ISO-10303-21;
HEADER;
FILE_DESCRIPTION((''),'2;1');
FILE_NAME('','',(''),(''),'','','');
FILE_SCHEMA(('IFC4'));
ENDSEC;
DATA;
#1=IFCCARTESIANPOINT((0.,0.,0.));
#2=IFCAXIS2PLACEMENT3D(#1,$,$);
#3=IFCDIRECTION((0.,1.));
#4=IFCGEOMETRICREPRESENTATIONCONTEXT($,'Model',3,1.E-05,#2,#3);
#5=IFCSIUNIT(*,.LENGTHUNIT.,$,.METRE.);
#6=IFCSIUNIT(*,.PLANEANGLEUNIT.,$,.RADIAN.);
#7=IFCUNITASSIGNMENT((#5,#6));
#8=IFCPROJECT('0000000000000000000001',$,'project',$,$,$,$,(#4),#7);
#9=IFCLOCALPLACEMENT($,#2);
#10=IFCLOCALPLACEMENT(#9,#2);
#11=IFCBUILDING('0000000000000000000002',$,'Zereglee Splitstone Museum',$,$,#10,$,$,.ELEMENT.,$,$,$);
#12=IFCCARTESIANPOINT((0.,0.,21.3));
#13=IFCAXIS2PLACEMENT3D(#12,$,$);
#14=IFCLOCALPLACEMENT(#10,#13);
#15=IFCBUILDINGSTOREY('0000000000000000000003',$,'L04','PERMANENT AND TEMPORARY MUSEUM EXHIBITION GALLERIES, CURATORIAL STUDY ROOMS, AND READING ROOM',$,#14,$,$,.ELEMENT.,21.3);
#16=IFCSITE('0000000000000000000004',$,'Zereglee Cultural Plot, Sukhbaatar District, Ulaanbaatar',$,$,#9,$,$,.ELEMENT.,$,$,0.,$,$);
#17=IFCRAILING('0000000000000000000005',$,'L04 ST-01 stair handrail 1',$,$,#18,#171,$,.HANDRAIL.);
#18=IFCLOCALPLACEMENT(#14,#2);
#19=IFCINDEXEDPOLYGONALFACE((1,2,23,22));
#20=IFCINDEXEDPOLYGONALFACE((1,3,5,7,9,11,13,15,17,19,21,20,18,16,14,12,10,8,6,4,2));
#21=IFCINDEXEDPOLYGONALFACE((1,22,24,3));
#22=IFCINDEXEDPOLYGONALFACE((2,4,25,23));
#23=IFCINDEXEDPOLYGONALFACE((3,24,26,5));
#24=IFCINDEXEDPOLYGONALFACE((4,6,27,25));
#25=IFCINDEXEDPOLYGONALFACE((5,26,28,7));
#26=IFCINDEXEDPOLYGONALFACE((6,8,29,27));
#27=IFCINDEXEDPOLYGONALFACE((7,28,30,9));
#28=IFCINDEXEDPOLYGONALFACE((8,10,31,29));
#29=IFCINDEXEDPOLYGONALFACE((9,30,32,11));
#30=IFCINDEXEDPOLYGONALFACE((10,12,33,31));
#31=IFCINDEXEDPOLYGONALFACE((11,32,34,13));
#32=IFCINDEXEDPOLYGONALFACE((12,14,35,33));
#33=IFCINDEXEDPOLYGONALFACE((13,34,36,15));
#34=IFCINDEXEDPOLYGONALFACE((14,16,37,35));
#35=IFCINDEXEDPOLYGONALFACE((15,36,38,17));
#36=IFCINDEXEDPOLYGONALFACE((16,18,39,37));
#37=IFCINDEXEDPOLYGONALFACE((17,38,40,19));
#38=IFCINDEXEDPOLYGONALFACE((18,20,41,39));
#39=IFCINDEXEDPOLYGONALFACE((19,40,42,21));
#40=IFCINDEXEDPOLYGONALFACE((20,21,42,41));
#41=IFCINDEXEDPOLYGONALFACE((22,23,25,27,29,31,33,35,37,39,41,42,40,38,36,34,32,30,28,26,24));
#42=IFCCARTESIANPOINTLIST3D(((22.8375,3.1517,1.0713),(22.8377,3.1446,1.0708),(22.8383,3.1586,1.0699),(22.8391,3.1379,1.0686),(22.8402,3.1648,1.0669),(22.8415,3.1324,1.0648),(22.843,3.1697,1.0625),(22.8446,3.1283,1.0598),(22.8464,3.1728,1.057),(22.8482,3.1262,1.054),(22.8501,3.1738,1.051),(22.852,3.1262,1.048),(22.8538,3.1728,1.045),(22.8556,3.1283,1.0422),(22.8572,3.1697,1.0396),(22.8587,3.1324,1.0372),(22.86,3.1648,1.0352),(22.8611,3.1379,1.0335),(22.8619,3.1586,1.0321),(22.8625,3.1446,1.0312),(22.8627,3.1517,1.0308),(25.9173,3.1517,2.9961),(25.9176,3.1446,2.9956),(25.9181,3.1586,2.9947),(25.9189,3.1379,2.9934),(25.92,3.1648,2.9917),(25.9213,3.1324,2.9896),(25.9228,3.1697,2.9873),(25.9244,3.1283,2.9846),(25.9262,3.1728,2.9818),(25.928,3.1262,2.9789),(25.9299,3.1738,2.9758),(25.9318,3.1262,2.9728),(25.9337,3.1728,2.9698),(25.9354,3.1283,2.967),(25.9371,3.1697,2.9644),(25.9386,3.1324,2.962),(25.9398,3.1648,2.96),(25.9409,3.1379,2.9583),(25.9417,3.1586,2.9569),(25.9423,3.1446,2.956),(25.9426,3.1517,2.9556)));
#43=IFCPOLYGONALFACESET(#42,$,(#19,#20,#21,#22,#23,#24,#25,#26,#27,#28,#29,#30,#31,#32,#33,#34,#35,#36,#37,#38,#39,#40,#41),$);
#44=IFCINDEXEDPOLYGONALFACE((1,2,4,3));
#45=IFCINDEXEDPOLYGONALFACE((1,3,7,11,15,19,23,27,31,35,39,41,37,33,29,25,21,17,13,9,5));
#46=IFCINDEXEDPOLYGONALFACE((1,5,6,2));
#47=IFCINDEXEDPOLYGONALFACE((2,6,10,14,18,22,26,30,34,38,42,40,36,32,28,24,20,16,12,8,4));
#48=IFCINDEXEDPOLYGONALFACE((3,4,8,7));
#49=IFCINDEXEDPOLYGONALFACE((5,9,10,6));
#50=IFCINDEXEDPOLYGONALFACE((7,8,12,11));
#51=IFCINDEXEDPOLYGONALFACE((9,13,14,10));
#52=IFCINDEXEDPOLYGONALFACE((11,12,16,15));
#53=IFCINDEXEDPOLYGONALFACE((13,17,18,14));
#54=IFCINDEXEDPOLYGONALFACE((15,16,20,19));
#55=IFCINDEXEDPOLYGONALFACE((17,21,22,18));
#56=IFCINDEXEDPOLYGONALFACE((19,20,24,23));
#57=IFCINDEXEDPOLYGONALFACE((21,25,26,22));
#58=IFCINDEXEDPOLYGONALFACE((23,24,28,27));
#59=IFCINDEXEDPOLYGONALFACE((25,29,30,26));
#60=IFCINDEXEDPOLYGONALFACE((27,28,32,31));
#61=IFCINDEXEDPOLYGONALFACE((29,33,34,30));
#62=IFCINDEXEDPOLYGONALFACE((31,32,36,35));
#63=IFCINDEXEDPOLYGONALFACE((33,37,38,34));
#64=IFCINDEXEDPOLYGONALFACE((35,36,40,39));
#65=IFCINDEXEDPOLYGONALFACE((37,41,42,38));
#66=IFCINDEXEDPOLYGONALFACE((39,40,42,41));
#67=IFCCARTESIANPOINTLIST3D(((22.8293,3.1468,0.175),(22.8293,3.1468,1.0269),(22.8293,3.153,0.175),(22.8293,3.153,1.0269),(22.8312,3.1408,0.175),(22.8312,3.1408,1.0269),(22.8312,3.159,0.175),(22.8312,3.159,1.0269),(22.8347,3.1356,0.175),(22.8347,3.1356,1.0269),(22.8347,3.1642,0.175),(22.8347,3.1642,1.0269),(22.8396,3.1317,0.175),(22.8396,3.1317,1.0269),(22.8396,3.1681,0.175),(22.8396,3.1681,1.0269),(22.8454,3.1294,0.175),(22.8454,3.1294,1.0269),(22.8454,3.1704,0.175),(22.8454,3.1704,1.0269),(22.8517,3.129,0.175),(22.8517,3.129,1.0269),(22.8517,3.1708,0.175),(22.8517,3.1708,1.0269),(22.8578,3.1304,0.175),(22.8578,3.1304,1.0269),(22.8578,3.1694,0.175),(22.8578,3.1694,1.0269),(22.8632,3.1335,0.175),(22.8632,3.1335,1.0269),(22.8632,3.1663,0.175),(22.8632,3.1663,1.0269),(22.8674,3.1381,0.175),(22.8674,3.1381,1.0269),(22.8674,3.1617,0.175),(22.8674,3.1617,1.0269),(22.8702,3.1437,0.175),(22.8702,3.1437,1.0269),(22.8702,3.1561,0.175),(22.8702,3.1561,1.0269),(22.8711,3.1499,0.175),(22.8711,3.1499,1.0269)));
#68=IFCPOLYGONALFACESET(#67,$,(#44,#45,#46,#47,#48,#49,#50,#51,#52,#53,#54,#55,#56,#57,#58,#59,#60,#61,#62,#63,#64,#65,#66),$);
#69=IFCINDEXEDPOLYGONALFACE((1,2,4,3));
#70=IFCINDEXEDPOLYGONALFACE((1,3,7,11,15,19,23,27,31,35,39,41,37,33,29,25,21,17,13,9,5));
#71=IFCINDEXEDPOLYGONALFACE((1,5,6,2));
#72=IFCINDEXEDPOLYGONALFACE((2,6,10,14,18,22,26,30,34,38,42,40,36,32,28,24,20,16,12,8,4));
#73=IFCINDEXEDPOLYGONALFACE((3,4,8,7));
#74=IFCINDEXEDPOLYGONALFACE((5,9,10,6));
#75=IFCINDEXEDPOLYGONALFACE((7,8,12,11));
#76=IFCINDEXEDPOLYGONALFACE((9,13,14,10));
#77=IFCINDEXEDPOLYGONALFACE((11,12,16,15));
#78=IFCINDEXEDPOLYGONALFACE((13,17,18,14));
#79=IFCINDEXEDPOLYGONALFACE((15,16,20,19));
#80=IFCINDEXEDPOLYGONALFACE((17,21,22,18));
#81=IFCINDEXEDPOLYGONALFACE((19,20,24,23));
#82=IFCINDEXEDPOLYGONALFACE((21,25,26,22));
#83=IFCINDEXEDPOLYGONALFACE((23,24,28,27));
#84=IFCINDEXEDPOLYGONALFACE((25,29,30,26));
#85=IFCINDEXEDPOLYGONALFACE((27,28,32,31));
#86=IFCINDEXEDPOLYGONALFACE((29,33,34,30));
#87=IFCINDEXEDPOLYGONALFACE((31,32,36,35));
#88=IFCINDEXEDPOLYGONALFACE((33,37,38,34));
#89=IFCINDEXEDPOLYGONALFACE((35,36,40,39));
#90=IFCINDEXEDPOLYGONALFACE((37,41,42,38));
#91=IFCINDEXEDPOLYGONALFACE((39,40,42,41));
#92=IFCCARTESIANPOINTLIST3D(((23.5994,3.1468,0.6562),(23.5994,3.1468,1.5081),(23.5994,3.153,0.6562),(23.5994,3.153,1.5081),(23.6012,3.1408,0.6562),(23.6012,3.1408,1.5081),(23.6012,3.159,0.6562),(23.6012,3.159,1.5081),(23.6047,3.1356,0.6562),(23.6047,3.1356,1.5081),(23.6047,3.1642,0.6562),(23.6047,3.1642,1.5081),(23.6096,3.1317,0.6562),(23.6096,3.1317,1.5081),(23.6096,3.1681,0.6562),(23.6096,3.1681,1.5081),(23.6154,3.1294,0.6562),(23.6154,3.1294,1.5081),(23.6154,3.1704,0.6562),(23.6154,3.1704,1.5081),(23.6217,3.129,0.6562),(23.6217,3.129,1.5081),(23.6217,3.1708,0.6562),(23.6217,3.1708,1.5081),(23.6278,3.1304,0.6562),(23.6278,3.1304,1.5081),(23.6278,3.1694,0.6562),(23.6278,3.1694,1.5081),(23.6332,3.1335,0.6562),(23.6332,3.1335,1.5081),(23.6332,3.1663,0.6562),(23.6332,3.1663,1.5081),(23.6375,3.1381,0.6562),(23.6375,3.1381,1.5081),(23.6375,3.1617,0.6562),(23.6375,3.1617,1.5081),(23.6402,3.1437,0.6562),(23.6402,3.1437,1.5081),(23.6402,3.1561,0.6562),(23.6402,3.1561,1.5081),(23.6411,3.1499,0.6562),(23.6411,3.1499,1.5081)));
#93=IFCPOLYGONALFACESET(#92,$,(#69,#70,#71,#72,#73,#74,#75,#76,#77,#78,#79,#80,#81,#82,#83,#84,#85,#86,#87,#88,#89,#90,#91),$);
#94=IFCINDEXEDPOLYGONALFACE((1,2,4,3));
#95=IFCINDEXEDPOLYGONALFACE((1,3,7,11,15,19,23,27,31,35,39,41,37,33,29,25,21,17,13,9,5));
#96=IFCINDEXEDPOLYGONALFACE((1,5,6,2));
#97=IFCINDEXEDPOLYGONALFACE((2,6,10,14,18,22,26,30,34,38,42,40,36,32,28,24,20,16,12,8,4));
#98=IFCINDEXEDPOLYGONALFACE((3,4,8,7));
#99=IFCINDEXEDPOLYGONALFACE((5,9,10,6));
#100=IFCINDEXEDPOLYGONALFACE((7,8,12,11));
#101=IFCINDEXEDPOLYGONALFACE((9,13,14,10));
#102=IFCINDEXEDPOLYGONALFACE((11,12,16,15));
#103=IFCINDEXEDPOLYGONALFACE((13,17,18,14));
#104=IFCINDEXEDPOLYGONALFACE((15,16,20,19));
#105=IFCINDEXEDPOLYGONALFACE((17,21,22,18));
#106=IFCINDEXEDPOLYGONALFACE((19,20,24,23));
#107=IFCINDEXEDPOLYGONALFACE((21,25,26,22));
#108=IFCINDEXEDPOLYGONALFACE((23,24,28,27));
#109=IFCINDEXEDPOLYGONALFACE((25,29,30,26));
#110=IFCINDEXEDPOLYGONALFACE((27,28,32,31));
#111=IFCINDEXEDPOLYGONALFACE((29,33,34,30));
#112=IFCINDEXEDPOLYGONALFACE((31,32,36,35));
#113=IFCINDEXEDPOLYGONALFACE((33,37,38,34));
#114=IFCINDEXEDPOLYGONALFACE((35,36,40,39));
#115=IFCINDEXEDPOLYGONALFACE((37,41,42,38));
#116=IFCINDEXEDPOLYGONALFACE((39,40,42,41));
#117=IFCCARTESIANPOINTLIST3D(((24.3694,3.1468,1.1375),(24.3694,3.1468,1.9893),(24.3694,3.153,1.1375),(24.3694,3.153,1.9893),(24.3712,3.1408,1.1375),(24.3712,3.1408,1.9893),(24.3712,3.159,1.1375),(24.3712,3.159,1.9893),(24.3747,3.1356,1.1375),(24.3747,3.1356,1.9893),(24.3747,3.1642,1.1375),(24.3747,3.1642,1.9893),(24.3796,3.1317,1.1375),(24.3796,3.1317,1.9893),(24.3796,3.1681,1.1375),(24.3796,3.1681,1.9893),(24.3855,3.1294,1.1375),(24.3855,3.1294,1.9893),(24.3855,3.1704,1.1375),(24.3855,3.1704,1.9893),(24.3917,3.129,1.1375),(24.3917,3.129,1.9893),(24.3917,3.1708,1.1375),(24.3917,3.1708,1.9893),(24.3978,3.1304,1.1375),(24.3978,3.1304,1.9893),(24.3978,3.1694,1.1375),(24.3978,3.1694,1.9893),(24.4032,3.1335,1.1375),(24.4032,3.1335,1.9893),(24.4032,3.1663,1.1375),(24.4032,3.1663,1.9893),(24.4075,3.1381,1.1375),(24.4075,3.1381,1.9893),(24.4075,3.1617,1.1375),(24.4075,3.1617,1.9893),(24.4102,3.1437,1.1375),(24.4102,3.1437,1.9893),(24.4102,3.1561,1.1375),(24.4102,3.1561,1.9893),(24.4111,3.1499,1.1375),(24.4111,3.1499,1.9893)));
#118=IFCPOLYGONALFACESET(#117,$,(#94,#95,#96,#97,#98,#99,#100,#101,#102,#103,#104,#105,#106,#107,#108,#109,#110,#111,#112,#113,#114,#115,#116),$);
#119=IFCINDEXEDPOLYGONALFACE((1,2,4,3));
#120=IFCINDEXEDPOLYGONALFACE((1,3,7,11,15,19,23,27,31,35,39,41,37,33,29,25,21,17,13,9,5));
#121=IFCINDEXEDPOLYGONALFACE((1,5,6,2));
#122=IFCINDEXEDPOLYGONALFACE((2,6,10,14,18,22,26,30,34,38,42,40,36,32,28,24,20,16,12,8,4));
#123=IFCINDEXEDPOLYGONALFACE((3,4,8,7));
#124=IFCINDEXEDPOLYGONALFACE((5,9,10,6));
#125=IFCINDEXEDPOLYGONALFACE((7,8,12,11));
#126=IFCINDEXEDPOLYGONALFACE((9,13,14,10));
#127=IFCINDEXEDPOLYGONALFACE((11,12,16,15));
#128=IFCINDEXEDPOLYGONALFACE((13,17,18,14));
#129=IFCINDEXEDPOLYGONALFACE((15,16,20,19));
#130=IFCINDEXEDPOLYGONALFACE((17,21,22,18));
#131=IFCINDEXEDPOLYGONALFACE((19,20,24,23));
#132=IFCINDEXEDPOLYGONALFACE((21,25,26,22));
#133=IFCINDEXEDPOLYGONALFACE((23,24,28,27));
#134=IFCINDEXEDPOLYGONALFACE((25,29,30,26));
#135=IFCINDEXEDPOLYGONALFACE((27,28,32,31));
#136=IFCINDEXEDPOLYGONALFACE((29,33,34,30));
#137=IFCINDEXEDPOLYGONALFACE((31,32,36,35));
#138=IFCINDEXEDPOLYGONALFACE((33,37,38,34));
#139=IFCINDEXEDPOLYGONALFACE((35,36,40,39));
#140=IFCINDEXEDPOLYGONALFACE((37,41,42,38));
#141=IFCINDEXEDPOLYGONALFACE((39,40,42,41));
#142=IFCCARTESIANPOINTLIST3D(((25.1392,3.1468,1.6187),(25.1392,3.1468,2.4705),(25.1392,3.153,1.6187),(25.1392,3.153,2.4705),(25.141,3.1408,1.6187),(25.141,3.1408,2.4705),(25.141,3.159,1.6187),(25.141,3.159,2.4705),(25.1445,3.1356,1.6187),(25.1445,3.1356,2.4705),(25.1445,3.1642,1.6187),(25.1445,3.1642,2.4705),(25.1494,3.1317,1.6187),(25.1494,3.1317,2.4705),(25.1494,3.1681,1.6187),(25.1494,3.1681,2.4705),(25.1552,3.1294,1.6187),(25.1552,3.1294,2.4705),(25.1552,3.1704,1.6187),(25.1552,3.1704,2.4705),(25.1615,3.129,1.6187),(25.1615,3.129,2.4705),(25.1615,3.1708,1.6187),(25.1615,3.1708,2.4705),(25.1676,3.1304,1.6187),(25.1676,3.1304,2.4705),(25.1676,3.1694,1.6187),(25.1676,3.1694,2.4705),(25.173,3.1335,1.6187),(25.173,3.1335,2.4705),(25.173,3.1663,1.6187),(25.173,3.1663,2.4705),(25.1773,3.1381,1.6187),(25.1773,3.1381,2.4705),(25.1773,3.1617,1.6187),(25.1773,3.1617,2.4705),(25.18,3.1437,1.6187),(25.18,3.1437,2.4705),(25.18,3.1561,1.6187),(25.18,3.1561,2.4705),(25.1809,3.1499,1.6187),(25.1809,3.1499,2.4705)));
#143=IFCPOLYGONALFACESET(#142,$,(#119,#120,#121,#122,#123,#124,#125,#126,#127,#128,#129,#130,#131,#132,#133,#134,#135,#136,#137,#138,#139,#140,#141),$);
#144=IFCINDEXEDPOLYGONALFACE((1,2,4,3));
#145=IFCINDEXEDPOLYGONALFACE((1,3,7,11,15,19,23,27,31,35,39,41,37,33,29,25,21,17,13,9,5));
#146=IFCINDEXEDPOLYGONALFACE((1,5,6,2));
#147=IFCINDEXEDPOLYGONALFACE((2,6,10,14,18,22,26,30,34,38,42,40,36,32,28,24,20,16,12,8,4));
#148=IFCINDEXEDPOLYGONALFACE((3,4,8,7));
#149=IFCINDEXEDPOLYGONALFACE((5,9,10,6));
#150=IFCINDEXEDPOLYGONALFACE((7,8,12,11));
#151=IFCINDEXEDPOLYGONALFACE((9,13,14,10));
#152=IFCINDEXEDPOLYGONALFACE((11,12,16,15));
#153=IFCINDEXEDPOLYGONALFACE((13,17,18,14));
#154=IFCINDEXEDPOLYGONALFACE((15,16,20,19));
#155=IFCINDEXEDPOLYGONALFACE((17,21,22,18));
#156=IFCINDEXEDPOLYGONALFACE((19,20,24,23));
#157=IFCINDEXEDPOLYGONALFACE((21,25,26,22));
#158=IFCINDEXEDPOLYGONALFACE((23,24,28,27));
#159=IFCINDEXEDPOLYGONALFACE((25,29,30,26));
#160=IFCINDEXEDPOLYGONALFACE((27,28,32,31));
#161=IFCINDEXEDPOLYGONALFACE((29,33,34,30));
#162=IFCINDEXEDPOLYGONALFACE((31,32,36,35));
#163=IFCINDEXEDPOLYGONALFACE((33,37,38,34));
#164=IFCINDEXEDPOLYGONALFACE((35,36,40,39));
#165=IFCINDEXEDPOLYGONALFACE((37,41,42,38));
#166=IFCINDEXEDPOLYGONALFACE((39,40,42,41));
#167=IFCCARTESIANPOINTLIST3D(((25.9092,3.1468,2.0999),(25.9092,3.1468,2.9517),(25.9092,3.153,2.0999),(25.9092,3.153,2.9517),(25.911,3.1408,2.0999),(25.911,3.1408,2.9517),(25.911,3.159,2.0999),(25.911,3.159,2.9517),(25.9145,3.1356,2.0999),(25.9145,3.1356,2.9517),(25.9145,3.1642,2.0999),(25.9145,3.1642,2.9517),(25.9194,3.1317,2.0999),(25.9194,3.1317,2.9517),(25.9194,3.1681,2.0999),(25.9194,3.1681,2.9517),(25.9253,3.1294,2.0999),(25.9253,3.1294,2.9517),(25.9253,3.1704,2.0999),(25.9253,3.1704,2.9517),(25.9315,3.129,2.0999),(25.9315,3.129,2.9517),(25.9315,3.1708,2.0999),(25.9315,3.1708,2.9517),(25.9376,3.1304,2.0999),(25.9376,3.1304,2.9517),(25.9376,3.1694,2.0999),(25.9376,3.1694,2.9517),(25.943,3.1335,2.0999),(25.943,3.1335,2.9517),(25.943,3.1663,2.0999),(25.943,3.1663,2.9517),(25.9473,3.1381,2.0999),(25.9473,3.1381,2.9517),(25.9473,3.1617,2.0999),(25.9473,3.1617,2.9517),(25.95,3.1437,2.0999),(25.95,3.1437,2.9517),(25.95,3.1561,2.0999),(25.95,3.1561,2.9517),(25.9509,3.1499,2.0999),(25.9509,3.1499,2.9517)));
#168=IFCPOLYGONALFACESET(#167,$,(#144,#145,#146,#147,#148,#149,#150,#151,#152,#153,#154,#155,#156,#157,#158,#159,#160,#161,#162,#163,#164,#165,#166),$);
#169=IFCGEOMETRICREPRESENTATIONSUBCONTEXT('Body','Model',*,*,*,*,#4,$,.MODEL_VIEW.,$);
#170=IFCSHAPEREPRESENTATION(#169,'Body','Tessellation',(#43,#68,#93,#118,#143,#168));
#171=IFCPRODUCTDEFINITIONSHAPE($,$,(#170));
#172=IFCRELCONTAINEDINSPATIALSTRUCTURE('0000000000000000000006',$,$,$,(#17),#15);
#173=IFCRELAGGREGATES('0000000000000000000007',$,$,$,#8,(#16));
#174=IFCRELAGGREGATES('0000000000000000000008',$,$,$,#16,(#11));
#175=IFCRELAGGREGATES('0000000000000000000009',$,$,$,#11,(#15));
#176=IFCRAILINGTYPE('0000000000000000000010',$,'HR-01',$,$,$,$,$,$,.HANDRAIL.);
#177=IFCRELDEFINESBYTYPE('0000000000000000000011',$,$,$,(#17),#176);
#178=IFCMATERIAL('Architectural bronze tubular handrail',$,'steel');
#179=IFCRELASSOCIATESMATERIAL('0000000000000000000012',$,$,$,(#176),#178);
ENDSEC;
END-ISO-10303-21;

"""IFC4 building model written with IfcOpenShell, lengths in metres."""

from ifc_helpers import new_model, si_unit, direction, frame, origin, origin_2d, place, context, subcontext, project, spatial, circle, extrude, material, type_object, element, save


model = new_model("IFC4")

# Units and contexts
model_context = context("Model", 3, precision=1e-05, world=origin(), true_north=direction((0.0, 1.0)))
body_context = subcontext(model_context, "Body", "Model", "MODEL_VIEW")
ifc_project = project(units=[si_unit("LENGTHUNIT", "METRE"), si_unit("PLANEANGLEUNIT", "RADIAN")], contexts=[model_context])

# Site, building, storey
site_placement = place(None, origin())
site = spatial("IfcSite", under=ifc_project, at=site_placement, Name="Zereglee Cultural Plot, Sukhbaatar District, Ulaanbaatar", CompositionType="ELEMENT", RefElevation=0.0)
building_placement = place(site_placement, origin())
building = spatial("IfcBuilding", under=site, at=building_placement, Name="Zereglee Splitstone Museum", CompositionType="ELEMENT")
storey_placement = place(building_placement, frame((0.0, 0.0, 21.3)))
storey = spatial("IfcBuildingStorey", under=building, at=storey_placement, Name="L04", Description="PERMANENT AND TEMPORARY MUSEUM EXHIBITION GALLERIES, CURATORIAL STUDY ROOMS, AND READING ROOM", CompositionType="ELEMENT", Elevation=21.3)

# Railing
ifc_material_1 = material(Name="Architectural bronze tubular handrail", Category="steel")
railing_type_1 = type_object("IfcRailingType", Name="HR-01", PredefinedType="HANDRAIL", material=ifc_material_1)
railing_1_placement = place(storey_placement, frame((22.8501, 3.1499, 0.175)))
element("IfcRailing", 1, at=railing_1_placement, inside=storey, type_object=railing_type_1, Name="L04 ST-01 stair handrail 1", PredefinedType="HANDRAIL", context=body_context, shape_type="SweptSolid", body=[
    extrude(circle(Radius=0.0239, at=origin_2d()), frame((0.0, 0.0, 0.876), z_axis=(0.84801, 0.0, 0.529981), x_axis=(0.0, 1.0, 0.0)), (0.0, 0.0, 1.0), 3.6318),
    extrude(circle(Radius=0.021, at=origin_2d()), origin(), (0.0, 0.0, 1.0), 0.8518),
    extrude(circle(Radius=0.021, at=origin_2d()), frame((0.77, 0.0, 0.4812)), (0.0, 0.0, 1.0), 0.8518),
    extrude(circle(Radius=0.021, at=origin_2d()), frame((1.54, 0.0, 0.9624)), (0.0, 0.0, 1.0), 0.8518),
    extrude(circle(Radius=0.021, at=origin_2d()), frame((2.3098, 0.0, 1.4436)), (0.0, 0.0, 1.0), 0.8518),
    extrude(circle(Radius=0.021, at=origin_2d()), frame((3.0798, 0.0, 1.9248)), (0.0, 0.0, 1.0), 0.8518),
])

save(model, "model.ifc")
